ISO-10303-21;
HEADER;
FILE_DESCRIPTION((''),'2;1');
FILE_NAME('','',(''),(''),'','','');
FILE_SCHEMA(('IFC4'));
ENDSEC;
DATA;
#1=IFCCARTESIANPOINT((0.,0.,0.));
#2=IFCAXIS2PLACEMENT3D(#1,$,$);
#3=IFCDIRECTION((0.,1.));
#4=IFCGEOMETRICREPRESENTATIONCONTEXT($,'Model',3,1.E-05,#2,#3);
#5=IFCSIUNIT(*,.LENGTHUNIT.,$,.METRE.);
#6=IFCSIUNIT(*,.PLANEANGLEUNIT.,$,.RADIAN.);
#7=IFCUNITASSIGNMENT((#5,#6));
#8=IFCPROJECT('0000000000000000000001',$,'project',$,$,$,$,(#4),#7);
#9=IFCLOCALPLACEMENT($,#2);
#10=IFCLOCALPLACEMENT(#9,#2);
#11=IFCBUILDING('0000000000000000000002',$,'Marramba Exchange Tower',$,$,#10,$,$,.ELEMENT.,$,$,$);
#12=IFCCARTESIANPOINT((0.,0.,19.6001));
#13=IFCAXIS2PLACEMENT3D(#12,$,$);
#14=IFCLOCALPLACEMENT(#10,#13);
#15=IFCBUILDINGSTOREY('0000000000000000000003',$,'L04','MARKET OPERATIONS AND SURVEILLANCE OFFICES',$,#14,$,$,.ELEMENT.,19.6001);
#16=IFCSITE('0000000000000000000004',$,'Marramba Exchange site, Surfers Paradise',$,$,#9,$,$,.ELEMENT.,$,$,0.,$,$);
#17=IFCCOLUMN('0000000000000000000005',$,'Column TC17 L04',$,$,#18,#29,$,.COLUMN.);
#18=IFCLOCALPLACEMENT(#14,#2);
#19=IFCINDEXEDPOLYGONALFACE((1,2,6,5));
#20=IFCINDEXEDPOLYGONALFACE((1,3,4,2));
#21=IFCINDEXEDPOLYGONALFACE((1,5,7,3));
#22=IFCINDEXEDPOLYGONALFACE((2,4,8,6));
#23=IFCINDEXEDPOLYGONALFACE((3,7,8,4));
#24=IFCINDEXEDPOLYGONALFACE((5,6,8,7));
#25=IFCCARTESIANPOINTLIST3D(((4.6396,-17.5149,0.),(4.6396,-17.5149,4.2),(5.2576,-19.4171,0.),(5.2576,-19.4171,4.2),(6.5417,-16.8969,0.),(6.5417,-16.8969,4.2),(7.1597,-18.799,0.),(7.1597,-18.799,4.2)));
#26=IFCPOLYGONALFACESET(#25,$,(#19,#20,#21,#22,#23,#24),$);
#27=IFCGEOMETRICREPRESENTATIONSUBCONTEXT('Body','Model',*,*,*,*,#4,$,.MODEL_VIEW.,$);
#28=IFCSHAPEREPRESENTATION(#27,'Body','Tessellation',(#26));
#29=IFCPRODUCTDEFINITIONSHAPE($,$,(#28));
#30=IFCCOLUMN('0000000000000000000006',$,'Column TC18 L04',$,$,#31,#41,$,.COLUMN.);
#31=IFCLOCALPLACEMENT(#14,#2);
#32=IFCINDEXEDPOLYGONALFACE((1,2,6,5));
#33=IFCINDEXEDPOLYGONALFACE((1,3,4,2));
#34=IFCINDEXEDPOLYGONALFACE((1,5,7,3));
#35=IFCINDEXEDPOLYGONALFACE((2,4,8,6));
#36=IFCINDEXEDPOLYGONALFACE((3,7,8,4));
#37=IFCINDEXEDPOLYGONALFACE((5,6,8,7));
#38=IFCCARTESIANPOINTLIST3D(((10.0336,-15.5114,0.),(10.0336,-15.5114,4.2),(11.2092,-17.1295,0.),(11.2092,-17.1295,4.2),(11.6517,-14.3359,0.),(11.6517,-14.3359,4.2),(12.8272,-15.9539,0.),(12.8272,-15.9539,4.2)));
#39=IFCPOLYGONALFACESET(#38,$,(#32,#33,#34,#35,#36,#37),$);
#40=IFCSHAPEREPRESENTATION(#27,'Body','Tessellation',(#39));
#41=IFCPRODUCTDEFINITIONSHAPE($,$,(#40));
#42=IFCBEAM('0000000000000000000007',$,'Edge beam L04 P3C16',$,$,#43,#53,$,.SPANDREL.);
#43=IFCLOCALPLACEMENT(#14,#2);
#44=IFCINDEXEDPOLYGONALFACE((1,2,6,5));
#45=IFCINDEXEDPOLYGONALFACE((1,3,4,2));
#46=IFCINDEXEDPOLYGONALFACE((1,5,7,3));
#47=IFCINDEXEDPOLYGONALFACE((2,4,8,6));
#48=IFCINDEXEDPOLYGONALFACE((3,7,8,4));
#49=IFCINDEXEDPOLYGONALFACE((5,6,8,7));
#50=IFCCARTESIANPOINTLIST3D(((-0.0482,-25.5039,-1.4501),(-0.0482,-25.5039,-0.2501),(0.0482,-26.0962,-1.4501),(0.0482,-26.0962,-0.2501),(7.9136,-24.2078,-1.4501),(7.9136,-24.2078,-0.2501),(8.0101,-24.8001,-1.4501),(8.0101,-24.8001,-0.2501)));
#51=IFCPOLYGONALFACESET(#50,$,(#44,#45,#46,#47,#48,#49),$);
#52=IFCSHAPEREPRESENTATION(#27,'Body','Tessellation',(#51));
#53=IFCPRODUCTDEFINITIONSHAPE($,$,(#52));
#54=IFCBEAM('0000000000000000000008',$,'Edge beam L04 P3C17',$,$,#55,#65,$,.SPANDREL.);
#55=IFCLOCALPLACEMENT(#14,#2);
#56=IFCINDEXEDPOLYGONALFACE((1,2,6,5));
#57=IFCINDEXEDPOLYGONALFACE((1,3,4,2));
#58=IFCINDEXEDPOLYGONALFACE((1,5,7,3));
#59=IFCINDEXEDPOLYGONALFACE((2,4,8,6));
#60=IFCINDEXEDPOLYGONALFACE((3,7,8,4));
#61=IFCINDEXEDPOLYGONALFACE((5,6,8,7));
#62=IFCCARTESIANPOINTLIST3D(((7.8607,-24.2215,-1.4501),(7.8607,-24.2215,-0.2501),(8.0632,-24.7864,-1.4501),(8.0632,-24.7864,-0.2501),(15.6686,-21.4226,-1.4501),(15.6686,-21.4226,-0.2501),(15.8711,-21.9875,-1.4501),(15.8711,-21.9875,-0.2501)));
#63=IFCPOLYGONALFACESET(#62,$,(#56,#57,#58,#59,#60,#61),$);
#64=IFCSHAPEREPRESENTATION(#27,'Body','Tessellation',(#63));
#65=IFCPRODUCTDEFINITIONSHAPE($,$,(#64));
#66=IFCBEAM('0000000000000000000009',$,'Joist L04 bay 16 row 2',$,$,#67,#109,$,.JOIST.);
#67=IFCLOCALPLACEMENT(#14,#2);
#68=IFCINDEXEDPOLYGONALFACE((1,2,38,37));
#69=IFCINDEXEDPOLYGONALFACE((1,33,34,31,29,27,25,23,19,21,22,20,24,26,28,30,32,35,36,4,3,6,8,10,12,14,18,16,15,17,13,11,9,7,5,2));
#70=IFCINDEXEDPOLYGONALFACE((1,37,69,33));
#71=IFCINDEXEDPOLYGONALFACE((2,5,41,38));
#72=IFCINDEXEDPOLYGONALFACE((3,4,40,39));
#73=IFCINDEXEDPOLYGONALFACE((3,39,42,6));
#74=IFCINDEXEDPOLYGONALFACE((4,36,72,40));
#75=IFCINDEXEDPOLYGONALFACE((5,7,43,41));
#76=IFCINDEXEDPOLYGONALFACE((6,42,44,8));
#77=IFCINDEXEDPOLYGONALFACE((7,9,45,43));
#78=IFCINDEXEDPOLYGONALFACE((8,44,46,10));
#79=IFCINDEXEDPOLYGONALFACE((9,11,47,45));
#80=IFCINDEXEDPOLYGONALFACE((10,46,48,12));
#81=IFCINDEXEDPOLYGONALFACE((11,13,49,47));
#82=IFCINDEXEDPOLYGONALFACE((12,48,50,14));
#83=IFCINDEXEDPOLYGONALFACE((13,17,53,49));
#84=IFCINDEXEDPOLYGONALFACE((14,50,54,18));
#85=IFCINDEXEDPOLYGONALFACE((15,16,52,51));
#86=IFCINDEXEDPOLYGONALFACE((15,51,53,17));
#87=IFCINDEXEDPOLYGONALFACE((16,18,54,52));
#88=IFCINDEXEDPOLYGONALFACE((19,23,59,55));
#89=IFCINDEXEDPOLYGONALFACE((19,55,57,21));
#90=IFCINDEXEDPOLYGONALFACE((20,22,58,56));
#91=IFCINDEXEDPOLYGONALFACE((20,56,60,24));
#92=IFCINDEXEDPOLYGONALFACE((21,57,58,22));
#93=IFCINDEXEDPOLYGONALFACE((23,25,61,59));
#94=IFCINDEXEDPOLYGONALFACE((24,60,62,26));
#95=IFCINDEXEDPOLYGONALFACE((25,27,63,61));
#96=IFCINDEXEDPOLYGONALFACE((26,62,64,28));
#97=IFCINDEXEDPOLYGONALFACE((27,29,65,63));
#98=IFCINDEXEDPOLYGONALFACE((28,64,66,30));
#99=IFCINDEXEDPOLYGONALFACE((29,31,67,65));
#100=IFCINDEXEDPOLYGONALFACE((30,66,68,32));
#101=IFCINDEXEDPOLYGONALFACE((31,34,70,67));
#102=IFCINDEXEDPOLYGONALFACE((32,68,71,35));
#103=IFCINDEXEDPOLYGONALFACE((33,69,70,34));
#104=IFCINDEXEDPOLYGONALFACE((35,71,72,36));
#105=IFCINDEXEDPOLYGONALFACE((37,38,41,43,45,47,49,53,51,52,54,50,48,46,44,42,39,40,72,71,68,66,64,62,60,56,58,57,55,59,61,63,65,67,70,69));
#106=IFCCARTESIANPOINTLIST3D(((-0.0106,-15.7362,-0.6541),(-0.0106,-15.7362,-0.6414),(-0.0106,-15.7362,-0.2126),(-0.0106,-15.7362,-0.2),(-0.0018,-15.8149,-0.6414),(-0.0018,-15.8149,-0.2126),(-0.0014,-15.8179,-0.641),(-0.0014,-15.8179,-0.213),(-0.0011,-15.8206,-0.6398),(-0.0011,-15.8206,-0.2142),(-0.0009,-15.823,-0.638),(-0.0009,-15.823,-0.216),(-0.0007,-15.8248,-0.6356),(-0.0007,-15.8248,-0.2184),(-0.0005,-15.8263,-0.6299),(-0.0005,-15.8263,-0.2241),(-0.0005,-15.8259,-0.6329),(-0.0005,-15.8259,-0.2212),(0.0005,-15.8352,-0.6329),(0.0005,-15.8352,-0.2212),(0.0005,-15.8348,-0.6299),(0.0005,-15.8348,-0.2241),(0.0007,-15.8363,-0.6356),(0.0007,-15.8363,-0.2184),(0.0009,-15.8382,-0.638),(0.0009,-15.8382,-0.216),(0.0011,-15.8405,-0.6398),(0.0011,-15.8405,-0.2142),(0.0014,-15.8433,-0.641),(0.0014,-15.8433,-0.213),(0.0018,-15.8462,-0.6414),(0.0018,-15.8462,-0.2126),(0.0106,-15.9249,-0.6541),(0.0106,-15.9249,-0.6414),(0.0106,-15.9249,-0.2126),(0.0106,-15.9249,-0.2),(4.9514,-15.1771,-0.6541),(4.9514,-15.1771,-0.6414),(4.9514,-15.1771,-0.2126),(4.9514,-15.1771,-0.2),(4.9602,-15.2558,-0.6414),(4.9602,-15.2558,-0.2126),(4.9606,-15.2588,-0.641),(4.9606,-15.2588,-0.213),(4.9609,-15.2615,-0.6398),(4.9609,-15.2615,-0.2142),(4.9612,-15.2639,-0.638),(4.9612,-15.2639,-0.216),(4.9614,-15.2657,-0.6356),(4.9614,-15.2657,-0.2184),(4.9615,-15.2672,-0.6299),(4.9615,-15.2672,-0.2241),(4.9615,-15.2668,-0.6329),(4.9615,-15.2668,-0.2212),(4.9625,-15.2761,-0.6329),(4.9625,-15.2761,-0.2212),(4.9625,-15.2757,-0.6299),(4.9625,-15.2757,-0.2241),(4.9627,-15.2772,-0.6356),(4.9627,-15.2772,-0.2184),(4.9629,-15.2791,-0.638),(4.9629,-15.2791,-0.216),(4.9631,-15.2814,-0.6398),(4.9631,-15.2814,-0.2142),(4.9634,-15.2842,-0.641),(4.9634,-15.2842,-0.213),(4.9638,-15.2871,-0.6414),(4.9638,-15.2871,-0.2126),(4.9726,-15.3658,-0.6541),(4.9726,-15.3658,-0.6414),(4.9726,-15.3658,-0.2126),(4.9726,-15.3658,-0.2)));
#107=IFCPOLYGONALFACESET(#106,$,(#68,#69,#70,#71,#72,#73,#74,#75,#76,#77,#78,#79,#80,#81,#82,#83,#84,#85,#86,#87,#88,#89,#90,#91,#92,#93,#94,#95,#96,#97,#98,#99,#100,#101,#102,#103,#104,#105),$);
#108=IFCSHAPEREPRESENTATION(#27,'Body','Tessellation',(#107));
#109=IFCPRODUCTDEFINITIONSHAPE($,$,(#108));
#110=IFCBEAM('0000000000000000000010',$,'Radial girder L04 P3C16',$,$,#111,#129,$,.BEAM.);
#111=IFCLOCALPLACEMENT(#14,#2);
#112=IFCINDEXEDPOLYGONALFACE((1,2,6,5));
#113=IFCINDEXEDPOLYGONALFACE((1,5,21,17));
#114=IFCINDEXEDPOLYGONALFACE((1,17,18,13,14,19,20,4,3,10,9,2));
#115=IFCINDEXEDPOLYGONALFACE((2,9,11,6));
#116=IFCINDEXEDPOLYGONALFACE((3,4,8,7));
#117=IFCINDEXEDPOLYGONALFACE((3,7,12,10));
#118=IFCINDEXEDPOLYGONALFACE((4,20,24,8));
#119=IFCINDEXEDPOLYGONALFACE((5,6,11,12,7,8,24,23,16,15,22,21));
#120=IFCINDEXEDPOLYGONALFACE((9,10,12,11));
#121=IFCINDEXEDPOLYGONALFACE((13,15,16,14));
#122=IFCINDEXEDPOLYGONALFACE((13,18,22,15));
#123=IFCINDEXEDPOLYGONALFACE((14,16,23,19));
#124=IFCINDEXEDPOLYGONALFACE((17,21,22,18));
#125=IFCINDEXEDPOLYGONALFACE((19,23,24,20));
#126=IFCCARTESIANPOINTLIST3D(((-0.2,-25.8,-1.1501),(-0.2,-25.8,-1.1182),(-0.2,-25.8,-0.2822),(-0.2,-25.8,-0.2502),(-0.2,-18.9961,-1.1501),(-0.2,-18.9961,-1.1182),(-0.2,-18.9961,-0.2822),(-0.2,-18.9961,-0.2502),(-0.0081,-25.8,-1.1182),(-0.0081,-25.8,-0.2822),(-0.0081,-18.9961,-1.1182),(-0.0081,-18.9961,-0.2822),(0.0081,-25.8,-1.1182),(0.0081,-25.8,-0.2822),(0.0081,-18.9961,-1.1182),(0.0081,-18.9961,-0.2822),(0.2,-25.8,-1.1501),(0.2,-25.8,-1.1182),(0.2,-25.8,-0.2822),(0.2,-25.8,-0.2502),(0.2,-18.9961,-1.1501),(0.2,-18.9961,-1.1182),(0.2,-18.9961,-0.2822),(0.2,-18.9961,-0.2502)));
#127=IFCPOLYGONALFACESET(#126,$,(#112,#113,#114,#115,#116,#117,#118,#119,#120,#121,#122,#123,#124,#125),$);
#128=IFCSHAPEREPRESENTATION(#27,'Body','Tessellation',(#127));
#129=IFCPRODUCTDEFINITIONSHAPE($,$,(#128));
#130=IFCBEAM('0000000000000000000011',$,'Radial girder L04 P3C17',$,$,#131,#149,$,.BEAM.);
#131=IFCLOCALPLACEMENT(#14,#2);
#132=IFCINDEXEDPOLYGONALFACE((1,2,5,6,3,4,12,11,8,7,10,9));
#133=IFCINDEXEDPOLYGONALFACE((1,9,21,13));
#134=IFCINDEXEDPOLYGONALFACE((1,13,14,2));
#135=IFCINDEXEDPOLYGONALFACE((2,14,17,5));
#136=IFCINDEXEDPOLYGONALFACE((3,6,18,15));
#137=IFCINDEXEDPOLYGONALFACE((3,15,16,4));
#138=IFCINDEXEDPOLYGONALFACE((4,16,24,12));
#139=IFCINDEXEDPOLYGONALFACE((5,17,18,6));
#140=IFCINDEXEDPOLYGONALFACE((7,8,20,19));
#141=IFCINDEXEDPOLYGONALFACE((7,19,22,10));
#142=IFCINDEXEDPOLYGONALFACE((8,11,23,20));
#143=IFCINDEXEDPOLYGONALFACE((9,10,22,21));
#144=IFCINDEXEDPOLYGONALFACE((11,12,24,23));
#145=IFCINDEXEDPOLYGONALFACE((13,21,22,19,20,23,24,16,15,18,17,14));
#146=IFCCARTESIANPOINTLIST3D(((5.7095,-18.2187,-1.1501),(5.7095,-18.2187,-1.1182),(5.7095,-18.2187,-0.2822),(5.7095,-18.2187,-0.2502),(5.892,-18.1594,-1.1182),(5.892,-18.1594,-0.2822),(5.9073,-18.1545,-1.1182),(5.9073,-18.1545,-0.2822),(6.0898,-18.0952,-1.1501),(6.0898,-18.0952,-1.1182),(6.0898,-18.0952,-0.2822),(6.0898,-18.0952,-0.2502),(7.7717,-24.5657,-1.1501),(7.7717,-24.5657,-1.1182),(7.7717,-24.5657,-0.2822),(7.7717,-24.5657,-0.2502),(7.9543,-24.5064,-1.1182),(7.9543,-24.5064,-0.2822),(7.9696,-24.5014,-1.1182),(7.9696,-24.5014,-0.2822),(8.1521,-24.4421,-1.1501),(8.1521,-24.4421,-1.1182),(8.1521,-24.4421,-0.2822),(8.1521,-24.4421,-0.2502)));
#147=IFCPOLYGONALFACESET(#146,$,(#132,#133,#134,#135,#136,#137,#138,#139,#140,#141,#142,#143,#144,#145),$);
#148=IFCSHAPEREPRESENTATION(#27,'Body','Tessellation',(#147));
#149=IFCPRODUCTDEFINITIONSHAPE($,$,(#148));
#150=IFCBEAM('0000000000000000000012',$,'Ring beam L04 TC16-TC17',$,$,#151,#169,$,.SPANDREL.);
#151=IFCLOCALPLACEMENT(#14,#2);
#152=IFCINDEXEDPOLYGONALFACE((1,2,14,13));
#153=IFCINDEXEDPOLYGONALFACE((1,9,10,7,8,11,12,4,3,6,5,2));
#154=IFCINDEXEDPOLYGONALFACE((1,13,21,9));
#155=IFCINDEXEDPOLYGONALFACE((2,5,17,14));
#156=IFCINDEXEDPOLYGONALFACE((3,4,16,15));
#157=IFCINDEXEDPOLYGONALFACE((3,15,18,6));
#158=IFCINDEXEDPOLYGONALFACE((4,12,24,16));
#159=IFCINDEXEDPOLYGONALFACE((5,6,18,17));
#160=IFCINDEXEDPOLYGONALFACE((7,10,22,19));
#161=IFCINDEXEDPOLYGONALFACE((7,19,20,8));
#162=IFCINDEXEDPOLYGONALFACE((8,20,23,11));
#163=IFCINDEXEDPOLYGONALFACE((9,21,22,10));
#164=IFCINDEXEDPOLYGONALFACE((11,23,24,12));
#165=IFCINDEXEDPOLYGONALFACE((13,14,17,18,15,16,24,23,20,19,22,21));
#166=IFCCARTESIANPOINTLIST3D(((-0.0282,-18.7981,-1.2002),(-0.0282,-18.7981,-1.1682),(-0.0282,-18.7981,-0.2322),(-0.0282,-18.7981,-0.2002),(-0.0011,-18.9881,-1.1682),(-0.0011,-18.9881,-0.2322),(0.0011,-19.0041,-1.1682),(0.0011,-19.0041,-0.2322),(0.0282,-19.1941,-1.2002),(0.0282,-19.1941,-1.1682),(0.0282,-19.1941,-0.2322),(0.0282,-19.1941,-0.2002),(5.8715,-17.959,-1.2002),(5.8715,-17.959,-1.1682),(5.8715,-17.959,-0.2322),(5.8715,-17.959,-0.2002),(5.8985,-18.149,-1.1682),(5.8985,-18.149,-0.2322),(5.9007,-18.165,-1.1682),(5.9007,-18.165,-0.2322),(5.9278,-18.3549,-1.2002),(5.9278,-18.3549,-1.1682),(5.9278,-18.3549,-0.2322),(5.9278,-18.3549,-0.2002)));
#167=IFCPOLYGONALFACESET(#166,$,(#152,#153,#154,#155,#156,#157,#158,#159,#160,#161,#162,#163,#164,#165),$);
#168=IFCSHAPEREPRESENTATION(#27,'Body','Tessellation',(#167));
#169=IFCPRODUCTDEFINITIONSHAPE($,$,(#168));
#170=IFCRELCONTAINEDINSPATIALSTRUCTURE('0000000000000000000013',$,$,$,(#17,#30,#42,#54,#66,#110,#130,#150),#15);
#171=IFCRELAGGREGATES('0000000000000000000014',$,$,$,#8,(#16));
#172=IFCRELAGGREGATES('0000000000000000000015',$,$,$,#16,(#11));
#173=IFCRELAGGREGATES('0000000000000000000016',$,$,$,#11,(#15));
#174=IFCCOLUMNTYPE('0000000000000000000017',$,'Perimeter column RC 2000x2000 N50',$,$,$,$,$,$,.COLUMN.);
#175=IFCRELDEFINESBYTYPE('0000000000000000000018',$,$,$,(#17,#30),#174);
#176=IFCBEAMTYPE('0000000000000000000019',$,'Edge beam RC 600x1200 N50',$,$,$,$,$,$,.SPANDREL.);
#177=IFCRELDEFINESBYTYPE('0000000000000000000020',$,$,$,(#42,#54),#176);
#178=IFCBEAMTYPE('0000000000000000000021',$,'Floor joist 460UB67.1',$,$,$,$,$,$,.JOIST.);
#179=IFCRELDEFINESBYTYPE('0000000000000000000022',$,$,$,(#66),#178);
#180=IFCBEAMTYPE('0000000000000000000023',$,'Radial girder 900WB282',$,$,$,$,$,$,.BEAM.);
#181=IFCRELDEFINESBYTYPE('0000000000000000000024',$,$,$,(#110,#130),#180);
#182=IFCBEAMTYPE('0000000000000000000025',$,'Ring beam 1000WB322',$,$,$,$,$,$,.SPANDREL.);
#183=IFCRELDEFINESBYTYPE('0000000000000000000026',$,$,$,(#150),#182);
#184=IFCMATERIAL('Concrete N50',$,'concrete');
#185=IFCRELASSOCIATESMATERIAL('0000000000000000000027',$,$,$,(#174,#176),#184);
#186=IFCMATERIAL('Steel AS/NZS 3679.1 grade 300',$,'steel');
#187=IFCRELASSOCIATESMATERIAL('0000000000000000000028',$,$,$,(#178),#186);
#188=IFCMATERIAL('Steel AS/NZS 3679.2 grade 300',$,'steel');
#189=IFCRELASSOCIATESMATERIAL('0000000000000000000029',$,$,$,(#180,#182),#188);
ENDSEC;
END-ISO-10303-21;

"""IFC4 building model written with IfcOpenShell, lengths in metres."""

from ifc_helpers import new_model, si_unit, direction, frame, origin, origin_2d, place, context, subcontext, project, spatial, rectangle, i_section, extrude, material, material_profile, profile_set, type_object, element, save


model = new_model("IFC4")

# Units and contexts
model_context = context("Model", 3, precision=1e-05, world=origin(), true_north=direction((0.0, 1.0)))
body_context = subcontext(model_context, "Body", "Model", "MODEL_VIEW")
ifc_project = project(units=[si_unit("LENGTHUNIT", "METRE"), si_unit("PLANEANGLEUNIT", "RADIAN")], contexts=[model_context])

# Site, building, storey
site_placement = place(None, origin())
site = spatial("IfcSite", under=ifc_project, at=site_placement, Name="Marramba Exchange site, Surfers Paradise", CompositionType="ELEMENT", RefElevation=0.0)
building_placement = place(site_placement, origin())
building = spatial("IfcBuilding", under=site, at=building_placement, Name="Marramba Exchange Tower", CompositionType="ELEMENT")
storey_placement = place(building_placement, frame((0.0, 0.0, 19.6001)))
storey = spatial("IfcBuildingStorey", under=building, at=storey_placement, Name="L04", Description="MARKET OPERATIONS AND SURVEILLANCE OFFICES", CompositionType="ELEMENT", Elevation=19.6001)

# Columns
ifc_material_1 = material(Name="Concrete N50", Category="concrete")
ifc_material_profile_1 = material_profile(ifc_material_1, rectangle(XDim=2.0, YDim=2.0, at=origin_2d()), Name="RC 2000x2000")
ifc_profile_set_1 = profile_set([ifc_material_profile_1], Name="Concrete N50")
column_type = type_object("IfcColumnType", Name="Perimeter column RC 2000x2000 N50", PredefinedType="COLUMN", material=ifc_profile_set_1)
for number, where, z_axis, x_axis, name in (
    (1, (5.8997, -18.157, 0.0), (0.0, 0.0, 1.0), (0.309017, -0.951057, 0.0), "Column TC17 L04"),
    (2, (11.4304, -15.7327, 0.0), (0.0, 0.0, 1.0), (0.587785, -0.809017, 0.0), "Column TC18 L04"),
):
    element("IfcColumn", number, at=place(storey_placement, frame(where, z_axis=z_axis, x_axis=x_axis)), inside=storey, type_object=column_type, Name=name, PredefinedType="COLUMN", context=body_context, shape_type="SweptSolid", body=[
        extrude(rectangle(XDim=2.0, YDim=2.0, at=origin_2d()), origin(), (0.0, 0.0, 1.0), 4.2),
    ])

# Beams
ifc_material_profile_2 = material_profile(ifc_material_1, rectangle(XDim=0.6001, YDim=1.2, at=origin_2d()), Name="RC 600x1200")
ifc_profile_set_2 = profile_set([ifc_material_profile_2], Name="Concrete N50")
beam_type_1 = type_object("IfcBeamType", Name="Edge beam RC 600x1200 N50", PredefinedType="SPANDREL", material=ifc_profile_set_2)
beam_1_placement = place(storey_placement, frame((0.0, -25.8, -0.8501), z_axis=(0.987007, 0.160678, 0.0), x_axis=(-0.160678, 0.987007, 0.0)))
element("IfcBeam", 3, at=beam_1_placement, inside=storey, type_object=beam_type_1, Name="Edge beam L04 P3C16", PredefinedType="SPANDREL", context=body_context, shape_type="SweptSolid", body=[
    extrude(rectangle(XDim=0.6001, YDim=1.2, at=origin_2d()), origin(), (0.0, 0.0, 1.0), 8.0667),
])
beam_2_placement = place(storey_placement, frame((7.9619, -24.5039, -0.8501), z_axis=(0.941348, 0.337438, 0.0), x_axis=(-0.337438, 0.941348, 0.0)))
element("IfcBeam", 4, at=beam_2_placement, inside=storey, type_object=beam_type_1, Name="Edge beam L04 P3C17", PredefinedType="SPANDREL", context=body_context, shape_type="SweptSolid", body=[
    extrude(rectangle(XDim=0.6001, YDim=1.2, at=origin_2d()), origin(), (0.0, 0.0, 1.0), 8.2944),
])
ifc_material_2 = material(Name="Steel AS/NZS 3679.1 grade 300", Category="steel")
ifc_material_profile_3 = material_profile(ifc_material_2, i_section(OverallWidth=0.1899, OverallDepth=0.4541, WebThickness=0.0085, FlangeThickness=0.0127, FilletRadius=0.0115, at=origin_2d()), Name="460UB67.1")
ifc_profile_set_3 = profile_set([ifc_material_profile_3], Name="Steel AS/NZS 3679.1 grade 300")
beam_type_2 = type_object("IfcBeamType", Name="Floor joist 460UB67.1", PredefinedType="JOIST", material=ifc_profile_set_3)
beam_3_placement = place(storey_placement, frame((0.0, -15.8306, -0.427), z_axis=(0.993712, 0.111966, 0.0), x_axis=(-0.111966, 0.993712, 0.0)))
element("IfcBeam", 5, at=beam_3_placement, inside=storey, type_object=beam_type_2, Name="Joist L04 bay 16 row 2", PredefinedType="JOIST", context=body_context, shape_type="SweptSolid", body=[
    extrude(i_section(OverallWidth=0.1899, OverallDepth=0.4541, WebThickness=0.0085, FlangeThickness=0.0127, FilletRadius=0.0115, at=origin_2d()), origin(), (0.0, 0.0, 1.0), 4.9934),
])
ifc_material_3 = material(Name="Steel AS/NZS 3679.2 grade 300", Category="steel")
ifc_material_profile_4 = material_profile(ifc_material_3, i_section(OverallWidth=0.3999, OverallDepth=0.8999, WebThickness=0.0161, FlangeThickness=0.032, at=origin_2d()), Name="900WB282")
ifc_profile_set_4 = profile_set([ifc_material_profile_4], Name="Steel AS/NZS 3679.2 grade 300")
beam_type_3 = type_object("IfcBeamType", Name="Radial girder 900WB282", PredefinedType="BEAM", material=ifc_profile_set_4)
beam_4_placement = place(storey_placement, frame((0.0, -25.8, -0.7002), z_axis=(0.0, 1.0, 0.0), x_axis=(-1.0, 0.0, 0.0)))
element("IfcBeam", 6, at=beam_4_placement, inside=storey, type_object=beam_type_3, Name="Radial girder L04 P3C16", PredefinedType="BEAM", context=body_context, shape_type="SweptSolid", body=[
    extrude(i_section(OverallWidth=0.3999, OverallDepth=0.8999, WebThickness=0.0161, FlangeThickness=0.032, at=origin_2d()), origin(), (0.0, 0.0, 1.0), 6.804),
])
beam_5_placement = place(storey_placement, frame((7.9619, -24.5039, -0.7002), z_axis=(-0.309019, 0.951056, 0.0), x_axis=(-0.951056, -0.309019, 0.0)))
element("IfcBeam", 7, at=beam_5_placement, inside=storey, type_object=beam_type_3, Name="Radial girder L04 P3C17", PredefinedType="BEAM", context=body_context, shape_type="SweptSolid", body=[
    extrude(i_section(OverallWidth=0.3999, OverallDepth=0.8999, WebThickness=0.0161, FlangeThickness=0.032, at=origin_2d()), origin(), (0.0, 0.0, 1.0), 6.6736),
])
ifc_material_profile_5 = material_profile(ifc_material_3, i_section(OverallWidth=0.3999, OverallDepth=1.0, WebThickness=0.0161, FlangeThickness=0.032, at=origin_2d()), Name="1000WB322")
ifc_profile_set_5 = profile_set([ifc_material_profile_5], Name="Steel AS/NZS 3679.2 grade 300")
beam_type_4 = type_object("IfcBeamType", Name="Ring beam 1000WB322", PredefinedType="SPANDREL", material=ifc_profile_set_5)
beam_6_placement = place(storey_placement, frame((0.0, -18.9961, -0.7002), z_axis=(0.990036, 0.140813, 0.0), x_axis=(-0.140813, 0.990036, 0.0)))
element("IfcBeam", 8, at=beam_6_placement, inside=storey, type_object=beam_type_4, Name="Ring beam L04 TC16-TC17", PredefinedType="SPANDREL", context=body_context, shape_type="SweptSolid", body=[
    extrude(i_section(OverallWidth=0.3999, OverallDepth=1.0, WebThickness=0.0161, FlangeThickness=0.032, at=origin_2d()), origin(), (0.0, 0.0, 1.0), 5.959),
])

save(model, "model.ifc")
